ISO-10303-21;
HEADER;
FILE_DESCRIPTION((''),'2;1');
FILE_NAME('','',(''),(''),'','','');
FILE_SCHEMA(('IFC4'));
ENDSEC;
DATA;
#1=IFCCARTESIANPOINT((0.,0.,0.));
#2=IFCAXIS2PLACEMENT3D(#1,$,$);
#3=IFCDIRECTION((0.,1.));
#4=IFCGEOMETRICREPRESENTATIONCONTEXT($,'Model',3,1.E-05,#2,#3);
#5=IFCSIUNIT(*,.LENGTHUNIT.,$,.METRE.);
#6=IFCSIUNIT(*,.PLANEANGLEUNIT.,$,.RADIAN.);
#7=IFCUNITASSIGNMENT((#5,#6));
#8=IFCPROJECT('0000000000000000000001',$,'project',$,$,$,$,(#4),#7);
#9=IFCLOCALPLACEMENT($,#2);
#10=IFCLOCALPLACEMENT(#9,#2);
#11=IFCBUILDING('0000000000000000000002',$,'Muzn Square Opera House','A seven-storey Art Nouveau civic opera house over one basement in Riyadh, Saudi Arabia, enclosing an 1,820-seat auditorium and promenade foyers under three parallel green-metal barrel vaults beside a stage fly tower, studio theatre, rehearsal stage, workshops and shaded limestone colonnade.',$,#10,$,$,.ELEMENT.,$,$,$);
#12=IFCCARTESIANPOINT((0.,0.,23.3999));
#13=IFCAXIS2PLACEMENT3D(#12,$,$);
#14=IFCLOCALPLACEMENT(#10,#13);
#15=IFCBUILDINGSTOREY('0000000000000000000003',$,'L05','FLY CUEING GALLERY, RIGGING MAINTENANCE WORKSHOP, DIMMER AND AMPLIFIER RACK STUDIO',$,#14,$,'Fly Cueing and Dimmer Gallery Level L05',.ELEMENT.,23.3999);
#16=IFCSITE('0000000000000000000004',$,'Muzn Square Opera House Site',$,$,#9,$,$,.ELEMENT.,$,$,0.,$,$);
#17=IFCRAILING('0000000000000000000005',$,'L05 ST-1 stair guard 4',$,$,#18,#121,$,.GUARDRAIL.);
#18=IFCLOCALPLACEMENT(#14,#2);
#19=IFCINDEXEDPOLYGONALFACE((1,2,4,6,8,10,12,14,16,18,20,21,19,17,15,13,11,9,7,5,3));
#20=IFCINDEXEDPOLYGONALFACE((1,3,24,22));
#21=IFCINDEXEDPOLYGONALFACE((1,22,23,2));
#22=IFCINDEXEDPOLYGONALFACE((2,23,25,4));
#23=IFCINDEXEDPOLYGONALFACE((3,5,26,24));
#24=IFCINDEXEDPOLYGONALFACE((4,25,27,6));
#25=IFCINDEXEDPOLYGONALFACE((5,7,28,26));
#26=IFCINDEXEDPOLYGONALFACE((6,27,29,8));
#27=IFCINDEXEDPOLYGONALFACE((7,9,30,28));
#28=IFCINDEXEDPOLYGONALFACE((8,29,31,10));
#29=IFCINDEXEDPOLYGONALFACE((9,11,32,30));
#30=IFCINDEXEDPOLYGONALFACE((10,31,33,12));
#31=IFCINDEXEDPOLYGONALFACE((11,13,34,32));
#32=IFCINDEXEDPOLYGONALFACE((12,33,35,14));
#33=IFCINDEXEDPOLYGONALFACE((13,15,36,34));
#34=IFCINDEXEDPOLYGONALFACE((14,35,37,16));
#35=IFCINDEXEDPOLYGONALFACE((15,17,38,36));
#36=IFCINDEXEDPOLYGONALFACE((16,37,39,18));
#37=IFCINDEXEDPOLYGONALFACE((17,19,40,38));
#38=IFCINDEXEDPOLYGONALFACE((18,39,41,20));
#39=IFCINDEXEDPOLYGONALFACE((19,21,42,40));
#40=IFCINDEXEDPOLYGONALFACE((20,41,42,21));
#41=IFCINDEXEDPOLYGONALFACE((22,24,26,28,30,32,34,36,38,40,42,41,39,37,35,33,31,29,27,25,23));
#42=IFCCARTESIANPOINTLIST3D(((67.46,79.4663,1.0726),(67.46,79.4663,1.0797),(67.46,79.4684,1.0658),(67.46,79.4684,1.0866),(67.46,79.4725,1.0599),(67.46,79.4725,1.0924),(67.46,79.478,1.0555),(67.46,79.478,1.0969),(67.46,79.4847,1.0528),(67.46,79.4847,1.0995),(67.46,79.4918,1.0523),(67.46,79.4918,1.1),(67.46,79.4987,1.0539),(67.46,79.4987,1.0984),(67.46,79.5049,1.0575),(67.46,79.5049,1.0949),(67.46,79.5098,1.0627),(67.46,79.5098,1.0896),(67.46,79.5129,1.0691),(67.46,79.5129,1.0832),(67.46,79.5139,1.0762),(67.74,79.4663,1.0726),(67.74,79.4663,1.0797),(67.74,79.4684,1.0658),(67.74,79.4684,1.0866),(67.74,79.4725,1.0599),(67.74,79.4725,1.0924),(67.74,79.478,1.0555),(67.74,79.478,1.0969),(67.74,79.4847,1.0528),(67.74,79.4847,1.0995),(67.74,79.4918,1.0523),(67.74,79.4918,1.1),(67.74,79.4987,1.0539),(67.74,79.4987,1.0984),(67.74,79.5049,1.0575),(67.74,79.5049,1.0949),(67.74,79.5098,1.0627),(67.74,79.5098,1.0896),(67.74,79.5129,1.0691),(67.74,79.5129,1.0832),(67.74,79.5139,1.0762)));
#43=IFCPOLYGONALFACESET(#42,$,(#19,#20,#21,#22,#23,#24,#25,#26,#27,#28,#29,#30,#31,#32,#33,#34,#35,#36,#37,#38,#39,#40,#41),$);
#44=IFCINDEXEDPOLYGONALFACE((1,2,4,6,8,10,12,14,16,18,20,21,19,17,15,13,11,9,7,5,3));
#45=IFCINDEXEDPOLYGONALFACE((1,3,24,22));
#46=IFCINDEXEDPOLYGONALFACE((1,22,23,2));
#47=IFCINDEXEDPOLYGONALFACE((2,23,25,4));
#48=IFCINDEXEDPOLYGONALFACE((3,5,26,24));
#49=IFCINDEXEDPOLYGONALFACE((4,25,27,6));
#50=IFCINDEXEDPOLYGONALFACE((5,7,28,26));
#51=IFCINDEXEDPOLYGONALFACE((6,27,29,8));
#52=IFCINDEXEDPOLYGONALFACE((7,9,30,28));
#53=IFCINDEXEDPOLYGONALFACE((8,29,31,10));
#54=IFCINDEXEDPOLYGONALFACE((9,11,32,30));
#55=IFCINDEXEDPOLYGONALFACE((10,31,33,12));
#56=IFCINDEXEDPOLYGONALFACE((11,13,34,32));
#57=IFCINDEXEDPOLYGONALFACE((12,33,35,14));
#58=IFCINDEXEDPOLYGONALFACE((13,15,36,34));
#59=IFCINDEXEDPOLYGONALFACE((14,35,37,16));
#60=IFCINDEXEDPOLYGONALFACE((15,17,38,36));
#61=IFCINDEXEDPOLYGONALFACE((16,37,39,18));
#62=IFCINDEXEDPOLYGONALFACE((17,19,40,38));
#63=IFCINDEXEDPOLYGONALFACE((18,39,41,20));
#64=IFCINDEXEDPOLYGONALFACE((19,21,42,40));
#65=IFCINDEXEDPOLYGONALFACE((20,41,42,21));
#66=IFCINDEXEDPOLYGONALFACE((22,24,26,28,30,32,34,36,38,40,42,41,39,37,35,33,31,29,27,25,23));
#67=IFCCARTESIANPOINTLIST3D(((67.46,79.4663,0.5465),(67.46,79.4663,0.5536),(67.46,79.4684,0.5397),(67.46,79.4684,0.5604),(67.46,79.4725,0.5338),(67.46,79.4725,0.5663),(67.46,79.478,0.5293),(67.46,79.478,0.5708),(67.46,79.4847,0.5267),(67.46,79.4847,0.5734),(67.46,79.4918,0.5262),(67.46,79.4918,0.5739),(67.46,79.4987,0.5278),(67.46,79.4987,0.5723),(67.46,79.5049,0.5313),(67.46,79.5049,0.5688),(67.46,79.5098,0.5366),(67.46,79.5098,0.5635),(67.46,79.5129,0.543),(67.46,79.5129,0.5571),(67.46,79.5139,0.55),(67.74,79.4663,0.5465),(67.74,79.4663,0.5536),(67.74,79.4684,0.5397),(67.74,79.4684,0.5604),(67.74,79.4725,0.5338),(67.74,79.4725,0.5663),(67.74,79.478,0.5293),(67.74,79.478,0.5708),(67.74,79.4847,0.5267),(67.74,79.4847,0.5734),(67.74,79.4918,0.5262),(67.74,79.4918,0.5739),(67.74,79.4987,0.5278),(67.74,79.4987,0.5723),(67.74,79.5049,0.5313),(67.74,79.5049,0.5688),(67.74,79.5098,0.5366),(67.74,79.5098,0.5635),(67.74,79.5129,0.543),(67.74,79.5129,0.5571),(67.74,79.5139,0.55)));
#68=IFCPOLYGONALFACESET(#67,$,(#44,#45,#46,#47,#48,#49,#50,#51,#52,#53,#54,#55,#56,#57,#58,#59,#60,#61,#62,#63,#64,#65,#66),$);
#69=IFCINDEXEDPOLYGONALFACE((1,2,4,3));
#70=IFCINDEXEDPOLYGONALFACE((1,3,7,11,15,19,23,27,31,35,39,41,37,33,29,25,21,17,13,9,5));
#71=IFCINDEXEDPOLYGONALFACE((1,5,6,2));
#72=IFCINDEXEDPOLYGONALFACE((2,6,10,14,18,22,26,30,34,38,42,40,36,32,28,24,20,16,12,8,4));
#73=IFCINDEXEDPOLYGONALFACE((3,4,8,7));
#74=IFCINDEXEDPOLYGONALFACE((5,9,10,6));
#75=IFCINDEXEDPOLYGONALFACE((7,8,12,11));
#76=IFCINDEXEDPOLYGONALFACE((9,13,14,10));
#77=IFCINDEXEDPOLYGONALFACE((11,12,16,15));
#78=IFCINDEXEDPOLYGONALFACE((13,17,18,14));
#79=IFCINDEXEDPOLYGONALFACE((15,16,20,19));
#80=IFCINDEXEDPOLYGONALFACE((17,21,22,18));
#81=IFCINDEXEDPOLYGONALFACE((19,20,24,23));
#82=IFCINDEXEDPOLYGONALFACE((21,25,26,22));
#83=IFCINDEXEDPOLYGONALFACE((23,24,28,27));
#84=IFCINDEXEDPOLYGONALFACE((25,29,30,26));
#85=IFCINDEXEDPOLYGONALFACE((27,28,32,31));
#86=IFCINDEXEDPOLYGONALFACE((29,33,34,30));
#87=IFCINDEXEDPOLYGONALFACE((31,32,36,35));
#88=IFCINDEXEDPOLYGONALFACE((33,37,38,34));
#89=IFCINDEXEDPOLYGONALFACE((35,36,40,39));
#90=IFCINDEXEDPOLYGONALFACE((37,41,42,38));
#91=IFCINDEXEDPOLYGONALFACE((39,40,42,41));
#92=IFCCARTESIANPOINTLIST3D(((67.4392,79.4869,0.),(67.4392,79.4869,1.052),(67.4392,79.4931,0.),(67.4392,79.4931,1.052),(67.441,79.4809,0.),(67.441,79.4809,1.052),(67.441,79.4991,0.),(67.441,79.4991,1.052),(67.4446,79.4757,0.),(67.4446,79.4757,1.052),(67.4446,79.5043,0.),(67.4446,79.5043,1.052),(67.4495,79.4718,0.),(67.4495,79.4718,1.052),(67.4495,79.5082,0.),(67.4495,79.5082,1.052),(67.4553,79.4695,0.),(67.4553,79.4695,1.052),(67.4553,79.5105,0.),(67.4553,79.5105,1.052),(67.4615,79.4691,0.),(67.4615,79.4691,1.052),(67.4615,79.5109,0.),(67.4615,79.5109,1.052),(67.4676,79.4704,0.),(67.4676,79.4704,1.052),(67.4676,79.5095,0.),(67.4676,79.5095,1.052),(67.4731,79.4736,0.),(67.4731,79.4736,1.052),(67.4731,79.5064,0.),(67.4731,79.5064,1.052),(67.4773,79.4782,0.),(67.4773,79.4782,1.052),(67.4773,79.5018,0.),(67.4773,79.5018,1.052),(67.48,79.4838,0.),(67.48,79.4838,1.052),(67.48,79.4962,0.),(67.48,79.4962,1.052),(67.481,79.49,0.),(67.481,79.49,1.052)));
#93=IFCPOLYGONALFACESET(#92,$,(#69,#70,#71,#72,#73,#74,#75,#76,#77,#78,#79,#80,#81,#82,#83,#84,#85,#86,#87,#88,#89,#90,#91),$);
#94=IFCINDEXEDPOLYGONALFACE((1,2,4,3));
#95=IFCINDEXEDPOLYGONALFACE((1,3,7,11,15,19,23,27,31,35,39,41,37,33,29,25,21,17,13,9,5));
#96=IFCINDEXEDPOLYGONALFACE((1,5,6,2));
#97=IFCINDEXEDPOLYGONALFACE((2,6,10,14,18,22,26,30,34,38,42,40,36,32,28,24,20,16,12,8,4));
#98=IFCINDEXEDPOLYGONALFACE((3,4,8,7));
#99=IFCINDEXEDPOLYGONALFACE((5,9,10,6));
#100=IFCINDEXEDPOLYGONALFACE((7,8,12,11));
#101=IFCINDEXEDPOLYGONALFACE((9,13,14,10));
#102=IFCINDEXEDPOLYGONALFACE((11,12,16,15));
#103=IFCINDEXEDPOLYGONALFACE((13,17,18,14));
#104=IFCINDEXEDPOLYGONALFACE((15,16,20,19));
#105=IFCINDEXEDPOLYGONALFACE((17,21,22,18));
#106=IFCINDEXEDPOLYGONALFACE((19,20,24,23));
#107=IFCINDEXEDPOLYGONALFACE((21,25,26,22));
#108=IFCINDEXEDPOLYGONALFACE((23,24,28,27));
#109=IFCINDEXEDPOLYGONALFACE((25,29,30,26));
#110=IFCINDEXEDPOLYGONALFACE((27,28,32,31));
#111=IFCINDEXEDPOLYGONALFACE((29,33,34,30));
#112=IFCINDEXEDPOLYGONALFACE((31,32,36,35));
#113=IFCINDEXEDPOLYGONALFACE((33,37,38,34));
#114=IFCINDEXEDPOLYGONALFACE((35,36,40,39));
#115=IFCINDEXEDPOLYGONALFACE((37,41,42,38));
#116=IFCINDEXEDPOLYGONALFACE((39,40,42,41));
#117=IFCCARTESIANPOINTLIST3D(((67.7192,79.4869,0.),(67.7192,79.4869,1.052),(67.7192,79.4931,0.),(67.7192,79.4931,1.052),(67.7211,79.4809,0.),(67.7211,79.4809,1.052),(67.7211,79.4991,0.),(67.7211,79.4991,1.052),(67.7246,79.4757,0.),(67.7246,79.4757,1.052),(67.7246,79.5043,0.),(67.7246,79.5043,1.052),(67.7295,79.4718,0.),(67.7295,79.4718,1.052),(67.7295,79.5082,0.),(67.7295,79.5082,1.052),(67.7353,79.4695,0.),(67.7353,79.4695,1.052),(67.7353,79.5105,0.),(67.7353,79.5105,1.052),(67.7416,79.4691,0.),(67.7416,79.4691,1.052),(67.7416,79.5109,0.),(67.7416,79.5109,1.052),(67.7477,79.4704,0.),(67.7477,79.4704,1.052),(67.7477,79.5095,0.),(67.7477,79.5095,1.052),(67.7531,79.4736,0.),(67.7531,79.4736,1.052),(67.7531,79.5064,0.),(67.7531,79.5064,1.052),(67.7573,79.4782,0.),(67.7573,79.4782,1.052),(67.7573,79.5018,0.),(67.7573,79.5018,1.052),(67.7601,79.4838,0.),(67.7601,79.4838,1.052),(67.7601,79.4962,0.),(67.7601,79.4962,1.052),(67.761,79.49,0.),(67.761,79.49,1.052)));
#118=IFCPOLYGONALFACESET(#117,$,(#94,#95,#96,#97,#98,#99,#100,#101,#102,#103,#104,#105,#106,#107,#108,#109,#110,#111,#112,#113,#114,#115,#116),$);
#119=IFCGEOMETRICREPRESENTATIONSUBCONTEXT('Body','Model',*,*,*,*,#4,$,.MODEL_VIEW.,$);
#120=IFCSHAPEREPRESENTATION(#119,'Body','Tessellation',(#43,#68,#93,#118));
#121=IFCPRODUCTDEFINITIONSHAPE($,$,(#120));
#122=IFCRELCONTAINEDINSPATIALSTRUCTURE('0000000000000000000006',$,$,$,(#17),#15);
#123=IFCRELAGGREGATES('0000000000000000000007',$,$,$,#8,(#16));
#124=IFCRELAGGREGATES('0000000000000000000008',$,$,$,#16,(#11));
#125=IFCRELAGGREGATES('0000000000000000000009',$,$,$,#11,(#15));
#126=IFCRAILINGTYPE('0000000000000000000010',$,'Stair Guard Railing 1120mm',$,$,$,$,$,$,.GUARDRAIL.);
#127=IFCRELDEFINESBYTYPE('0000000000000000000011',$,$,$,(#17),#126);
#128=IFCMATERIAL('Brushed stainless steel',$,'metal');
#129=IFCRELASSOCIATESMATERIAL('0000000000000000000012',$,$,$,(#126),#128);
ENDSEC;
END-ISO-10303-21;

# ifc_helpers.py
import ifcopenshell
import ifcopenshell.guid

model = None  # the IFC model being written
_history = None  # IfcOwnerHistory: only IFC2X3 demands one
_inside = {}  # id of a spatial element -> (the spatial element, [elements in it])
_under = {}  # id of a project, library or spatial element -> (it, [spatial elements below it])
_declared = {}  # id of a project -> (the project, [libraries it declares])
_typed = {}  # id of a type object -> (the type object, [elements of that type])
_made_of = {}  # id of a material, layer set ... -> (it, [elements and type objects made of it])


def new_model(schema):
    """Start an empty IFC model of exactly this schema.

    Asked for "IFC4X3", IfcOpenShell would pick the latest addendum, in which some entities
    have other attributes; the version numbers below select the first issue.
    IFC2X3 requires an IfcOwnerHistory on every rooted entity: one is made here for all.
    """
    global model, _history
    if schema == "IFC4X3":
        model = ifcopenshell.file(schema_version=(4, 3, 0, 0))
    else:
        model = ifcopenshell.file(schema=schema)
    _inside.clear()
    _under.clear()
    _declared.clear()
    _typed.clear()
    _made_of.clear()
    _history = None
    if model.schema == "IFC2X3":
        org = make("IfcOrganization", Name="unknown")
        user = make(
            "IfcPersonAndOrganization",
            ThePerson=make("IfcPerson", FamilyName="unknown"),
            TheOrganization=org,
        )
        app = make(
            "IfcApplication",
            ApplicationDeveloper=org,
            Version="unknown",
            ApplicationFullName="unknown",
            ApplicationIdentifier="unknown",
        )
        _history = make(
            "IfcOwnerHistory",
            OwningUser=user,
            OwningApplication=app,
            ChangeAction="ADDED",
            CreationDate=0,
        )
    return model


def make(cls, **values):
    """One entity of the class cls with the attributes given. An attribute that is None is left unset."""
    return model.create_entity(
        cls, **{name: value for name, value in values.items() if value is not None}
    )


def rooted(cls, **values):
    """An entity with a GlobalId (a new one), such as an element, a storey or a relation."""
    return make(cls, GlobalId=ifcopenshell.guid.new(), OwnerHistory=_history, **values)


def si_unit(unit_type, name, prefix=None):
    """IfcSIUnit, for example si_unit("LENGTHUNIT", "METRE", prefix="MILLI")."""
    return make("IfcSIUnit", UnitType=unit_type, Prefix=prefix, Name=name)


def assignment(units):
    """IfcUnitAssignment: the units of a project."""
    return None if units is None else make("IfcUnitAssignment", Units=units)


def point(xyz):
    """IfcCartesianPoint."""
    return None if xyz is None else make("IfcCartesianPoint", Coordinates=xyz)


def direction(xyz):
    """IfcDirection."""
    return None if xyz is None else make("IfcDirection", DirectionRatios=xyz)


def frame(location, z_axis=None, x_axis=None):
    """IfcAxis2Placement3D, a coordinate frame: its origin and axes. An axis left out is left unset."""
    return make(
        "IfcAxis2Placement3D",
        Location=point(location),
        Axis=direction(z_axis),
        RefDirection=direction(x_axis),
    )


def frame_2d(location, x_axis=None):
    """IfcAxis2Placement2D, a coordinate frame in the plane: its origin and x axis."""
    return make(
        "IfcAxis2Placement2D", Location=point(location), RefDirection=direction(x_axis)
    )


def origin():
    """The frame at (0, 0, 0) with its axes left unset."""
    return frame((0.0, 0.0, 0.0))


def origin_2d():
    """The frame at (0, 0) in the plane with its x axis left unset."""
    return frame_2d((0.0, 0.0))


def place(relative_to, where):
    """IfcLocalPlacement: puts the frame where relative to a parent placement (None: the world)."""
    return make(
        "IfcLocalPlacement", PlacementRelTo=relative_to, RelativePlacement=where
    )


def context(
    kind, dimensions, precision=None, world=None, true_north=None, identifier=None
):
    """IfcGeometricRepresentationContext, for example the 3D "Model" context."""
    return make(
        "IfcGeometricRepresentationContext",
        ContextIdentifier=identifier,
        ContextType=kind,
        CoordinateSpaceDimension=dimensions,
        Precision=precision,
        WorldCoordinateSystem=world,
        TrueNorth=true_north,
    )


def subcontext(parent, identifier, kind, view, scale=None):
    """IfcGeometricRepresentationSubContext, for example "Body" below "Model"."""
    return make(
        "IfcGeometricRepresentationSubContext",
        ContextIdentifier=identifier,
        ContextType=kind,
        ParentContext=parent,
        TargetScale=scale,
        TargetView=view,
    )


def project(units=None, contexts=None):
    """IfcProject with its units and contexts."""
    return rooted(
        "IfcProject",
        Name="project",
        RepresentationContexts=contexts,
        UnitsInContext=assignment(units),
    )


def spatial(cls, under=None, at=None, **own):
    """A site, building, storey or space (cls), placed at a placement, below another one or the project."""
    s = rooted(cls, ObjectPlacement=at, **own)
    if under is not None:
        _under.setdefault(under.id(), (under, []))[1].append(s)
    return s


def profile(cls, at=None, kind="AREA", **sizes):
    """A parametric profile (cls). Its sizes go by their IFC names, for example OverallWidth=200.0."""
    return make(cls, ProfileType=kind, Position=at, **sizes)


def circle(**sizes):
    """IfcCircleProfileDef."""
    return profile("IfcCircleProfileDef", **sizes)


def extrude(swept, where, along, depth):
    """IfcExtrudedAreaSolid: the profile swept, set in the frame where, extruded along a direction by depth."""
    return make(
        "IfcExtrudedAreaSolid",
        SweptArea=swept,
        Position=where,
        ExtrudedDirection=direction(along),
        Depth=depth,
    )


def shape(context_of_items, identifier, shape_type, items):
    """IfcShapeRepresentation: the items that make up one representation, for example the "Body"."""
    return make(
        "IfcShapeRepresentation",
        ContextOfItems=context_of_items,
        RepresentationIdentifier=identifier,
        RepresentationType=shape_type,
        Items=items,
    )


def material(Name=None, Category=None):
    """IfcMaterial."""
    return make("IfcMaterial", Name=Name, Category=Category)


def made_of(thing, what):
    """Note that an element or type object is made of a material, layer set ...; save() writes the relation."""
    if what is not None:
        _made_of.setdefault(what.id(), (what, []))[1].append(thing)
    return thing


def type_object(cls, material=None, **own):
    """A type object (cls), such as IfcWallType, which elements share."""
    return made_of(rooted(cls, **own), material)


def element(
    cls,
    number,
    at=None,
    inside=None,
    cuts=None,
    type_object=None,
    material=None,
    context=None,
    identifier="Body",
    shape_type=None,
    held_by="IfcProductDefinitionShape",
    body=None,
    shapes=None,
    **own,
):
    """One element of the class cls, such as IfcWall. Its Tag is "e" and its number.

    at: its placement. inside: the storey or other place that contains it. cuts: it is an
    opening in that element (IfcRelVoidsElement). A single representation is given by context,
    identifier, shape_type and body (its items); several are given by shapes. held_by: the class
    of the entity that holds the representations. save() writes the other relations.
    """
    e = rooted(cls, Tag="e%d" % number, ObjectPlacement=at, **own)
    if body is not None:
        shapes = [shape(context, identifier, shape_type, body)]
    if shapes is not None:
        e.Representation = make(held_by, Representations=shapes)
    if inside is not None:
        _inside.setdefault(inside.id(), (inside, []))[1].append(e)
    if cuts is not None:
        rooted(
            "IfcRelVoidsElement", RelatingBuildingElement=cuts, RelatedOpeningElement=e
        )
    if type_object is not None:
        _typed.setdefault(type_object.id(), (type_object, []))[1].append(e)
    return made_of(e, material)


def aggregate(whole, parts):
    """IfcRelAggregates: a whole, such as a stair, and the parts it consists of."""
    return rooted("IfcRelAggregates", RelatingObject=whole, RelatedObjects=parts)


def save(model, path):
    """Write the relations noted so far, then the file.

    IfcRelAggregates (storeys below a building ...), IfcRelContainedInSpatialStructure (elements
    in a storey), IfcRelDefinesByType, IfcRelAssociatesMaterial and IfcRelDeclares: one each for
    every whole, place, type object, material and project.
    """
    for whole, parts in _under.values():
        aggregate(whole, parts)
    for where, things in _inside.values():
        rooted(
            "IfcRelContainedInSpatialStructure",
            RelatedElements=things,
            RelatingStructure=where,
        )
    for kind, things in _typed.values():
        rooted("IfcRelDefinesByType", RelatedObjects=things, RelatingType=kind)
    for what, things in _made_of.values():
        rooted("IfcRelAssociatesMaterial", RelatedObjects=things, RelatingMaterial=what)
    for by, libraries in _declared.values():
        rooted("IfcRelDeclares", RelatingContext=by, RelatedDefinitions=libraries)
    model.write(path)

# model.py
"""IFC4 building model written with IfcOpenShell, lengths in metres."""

from ifc_helpers import new_model, si_unit, direction, frame, origin, origin_2d, place, context, subcontext, project, spatial, circle, extrude, material, type_object, element, save


model = new_model("IFC4")

# Units and contexts
model_context = context("Model", 3, precision=1e-05, world=origin(), true_north=direction((0.0, 1.0)))
body_context = subcontext(model_context, "Body", "Model", "MODEL_VIEW")
ifc_project = project(units=[si_unit("LENGTHUNIT", "METRE"), si_unit("PLANEANGLEUNIT", "RADIAN")], contexts=[model_context])

# Site, building, storey
site_placement = place(None, origin())
site = spatial("IfcSite", under=ifc_project, at=site_placement, Name="Muzn Square Opera House Site", CompositionType="ELEMENT", RefElevation=0.0)
building_placement = place(site_placement, origin())
building = spatial("IfcBuilding", under=site, at=building_placement, Name="Muzn Square Opera House", Description="A seven-storey Art Nouveau civic opera house over one basement in Riyadh, Saudi Arabia, enclosing an 1,820-seat auditorium and promenade foyers under three parallel green-metal barrel vaults beside a stage fly tower, studio theatre, rehearsal stage, workshops and shaded limestone colonnade.", CompositionType="ELEMENT")
storey_placement = place(building_placement, frame((0.0, 0.0, 23.3999)))
storey = spatial("IfcBuildingStorey", under=building, at=storey_placement, Name="L05", Description="FLY CUEING GALLERY, RIGGING MAINTENANCE WORKSHOP, DIMMER AND AMPLIFIER RACK STUDIO", LongName="Fly Cueing and Dimmer Gallery Level L05", CompositionType="ELEMENT", Elevation=23.3999)

# Shared definitions
ifc_material_1 = material(Name="Brushed stainless steel", Category="metal")

# Railing
railing_type_1 = type_object("IfcRailingType", Name="Stair Guard Railing 1120mm", PredefinedType="GUARDRAIL", material=ifc_material_1)
railing_1_placement = place(storey_placement, frame((67.46, 79.49, 0.0)))
element("IfcRailing", 1, at=railing_1_placement, inside=storey, type_object=railing_type_1, Name="L05 ST-1 stair guard 4", PredefinedType="GUARDRAIL", context=body_context, shape_type="SweptSolid", body=[
    extrude(circle(Radius=0.0239, at=origin_2d()), frame((0.0, 0.0, 1.0762), z_axis=(1.0, 0.0, 0.0), x_axis=(0.0, 1.0, 0.0)), (0.0, 0.0, 1.0), 0.28),
    extrude(circle(Radius=0.0239, at=origin_2d()), frame((0.0, 0.0, 0.55), z_axis=(1.0, 0.0, 0.0), x_axis=(0.0, 1.0, 0.0)), (0.0, 0.0, 1.0), 0.28),
    extrude(circle(Radius=0.021, at=origin_2d()), origin(), (0.0, 0.0, 1.0), 1.052),
    extrude(circle(Radius=0.021, at=origin_2d()), frame((0.28, 0.0, 0.0)), (0.0, 0.0, 1.0), 1.052),
])

save(model, "model.ifc")
